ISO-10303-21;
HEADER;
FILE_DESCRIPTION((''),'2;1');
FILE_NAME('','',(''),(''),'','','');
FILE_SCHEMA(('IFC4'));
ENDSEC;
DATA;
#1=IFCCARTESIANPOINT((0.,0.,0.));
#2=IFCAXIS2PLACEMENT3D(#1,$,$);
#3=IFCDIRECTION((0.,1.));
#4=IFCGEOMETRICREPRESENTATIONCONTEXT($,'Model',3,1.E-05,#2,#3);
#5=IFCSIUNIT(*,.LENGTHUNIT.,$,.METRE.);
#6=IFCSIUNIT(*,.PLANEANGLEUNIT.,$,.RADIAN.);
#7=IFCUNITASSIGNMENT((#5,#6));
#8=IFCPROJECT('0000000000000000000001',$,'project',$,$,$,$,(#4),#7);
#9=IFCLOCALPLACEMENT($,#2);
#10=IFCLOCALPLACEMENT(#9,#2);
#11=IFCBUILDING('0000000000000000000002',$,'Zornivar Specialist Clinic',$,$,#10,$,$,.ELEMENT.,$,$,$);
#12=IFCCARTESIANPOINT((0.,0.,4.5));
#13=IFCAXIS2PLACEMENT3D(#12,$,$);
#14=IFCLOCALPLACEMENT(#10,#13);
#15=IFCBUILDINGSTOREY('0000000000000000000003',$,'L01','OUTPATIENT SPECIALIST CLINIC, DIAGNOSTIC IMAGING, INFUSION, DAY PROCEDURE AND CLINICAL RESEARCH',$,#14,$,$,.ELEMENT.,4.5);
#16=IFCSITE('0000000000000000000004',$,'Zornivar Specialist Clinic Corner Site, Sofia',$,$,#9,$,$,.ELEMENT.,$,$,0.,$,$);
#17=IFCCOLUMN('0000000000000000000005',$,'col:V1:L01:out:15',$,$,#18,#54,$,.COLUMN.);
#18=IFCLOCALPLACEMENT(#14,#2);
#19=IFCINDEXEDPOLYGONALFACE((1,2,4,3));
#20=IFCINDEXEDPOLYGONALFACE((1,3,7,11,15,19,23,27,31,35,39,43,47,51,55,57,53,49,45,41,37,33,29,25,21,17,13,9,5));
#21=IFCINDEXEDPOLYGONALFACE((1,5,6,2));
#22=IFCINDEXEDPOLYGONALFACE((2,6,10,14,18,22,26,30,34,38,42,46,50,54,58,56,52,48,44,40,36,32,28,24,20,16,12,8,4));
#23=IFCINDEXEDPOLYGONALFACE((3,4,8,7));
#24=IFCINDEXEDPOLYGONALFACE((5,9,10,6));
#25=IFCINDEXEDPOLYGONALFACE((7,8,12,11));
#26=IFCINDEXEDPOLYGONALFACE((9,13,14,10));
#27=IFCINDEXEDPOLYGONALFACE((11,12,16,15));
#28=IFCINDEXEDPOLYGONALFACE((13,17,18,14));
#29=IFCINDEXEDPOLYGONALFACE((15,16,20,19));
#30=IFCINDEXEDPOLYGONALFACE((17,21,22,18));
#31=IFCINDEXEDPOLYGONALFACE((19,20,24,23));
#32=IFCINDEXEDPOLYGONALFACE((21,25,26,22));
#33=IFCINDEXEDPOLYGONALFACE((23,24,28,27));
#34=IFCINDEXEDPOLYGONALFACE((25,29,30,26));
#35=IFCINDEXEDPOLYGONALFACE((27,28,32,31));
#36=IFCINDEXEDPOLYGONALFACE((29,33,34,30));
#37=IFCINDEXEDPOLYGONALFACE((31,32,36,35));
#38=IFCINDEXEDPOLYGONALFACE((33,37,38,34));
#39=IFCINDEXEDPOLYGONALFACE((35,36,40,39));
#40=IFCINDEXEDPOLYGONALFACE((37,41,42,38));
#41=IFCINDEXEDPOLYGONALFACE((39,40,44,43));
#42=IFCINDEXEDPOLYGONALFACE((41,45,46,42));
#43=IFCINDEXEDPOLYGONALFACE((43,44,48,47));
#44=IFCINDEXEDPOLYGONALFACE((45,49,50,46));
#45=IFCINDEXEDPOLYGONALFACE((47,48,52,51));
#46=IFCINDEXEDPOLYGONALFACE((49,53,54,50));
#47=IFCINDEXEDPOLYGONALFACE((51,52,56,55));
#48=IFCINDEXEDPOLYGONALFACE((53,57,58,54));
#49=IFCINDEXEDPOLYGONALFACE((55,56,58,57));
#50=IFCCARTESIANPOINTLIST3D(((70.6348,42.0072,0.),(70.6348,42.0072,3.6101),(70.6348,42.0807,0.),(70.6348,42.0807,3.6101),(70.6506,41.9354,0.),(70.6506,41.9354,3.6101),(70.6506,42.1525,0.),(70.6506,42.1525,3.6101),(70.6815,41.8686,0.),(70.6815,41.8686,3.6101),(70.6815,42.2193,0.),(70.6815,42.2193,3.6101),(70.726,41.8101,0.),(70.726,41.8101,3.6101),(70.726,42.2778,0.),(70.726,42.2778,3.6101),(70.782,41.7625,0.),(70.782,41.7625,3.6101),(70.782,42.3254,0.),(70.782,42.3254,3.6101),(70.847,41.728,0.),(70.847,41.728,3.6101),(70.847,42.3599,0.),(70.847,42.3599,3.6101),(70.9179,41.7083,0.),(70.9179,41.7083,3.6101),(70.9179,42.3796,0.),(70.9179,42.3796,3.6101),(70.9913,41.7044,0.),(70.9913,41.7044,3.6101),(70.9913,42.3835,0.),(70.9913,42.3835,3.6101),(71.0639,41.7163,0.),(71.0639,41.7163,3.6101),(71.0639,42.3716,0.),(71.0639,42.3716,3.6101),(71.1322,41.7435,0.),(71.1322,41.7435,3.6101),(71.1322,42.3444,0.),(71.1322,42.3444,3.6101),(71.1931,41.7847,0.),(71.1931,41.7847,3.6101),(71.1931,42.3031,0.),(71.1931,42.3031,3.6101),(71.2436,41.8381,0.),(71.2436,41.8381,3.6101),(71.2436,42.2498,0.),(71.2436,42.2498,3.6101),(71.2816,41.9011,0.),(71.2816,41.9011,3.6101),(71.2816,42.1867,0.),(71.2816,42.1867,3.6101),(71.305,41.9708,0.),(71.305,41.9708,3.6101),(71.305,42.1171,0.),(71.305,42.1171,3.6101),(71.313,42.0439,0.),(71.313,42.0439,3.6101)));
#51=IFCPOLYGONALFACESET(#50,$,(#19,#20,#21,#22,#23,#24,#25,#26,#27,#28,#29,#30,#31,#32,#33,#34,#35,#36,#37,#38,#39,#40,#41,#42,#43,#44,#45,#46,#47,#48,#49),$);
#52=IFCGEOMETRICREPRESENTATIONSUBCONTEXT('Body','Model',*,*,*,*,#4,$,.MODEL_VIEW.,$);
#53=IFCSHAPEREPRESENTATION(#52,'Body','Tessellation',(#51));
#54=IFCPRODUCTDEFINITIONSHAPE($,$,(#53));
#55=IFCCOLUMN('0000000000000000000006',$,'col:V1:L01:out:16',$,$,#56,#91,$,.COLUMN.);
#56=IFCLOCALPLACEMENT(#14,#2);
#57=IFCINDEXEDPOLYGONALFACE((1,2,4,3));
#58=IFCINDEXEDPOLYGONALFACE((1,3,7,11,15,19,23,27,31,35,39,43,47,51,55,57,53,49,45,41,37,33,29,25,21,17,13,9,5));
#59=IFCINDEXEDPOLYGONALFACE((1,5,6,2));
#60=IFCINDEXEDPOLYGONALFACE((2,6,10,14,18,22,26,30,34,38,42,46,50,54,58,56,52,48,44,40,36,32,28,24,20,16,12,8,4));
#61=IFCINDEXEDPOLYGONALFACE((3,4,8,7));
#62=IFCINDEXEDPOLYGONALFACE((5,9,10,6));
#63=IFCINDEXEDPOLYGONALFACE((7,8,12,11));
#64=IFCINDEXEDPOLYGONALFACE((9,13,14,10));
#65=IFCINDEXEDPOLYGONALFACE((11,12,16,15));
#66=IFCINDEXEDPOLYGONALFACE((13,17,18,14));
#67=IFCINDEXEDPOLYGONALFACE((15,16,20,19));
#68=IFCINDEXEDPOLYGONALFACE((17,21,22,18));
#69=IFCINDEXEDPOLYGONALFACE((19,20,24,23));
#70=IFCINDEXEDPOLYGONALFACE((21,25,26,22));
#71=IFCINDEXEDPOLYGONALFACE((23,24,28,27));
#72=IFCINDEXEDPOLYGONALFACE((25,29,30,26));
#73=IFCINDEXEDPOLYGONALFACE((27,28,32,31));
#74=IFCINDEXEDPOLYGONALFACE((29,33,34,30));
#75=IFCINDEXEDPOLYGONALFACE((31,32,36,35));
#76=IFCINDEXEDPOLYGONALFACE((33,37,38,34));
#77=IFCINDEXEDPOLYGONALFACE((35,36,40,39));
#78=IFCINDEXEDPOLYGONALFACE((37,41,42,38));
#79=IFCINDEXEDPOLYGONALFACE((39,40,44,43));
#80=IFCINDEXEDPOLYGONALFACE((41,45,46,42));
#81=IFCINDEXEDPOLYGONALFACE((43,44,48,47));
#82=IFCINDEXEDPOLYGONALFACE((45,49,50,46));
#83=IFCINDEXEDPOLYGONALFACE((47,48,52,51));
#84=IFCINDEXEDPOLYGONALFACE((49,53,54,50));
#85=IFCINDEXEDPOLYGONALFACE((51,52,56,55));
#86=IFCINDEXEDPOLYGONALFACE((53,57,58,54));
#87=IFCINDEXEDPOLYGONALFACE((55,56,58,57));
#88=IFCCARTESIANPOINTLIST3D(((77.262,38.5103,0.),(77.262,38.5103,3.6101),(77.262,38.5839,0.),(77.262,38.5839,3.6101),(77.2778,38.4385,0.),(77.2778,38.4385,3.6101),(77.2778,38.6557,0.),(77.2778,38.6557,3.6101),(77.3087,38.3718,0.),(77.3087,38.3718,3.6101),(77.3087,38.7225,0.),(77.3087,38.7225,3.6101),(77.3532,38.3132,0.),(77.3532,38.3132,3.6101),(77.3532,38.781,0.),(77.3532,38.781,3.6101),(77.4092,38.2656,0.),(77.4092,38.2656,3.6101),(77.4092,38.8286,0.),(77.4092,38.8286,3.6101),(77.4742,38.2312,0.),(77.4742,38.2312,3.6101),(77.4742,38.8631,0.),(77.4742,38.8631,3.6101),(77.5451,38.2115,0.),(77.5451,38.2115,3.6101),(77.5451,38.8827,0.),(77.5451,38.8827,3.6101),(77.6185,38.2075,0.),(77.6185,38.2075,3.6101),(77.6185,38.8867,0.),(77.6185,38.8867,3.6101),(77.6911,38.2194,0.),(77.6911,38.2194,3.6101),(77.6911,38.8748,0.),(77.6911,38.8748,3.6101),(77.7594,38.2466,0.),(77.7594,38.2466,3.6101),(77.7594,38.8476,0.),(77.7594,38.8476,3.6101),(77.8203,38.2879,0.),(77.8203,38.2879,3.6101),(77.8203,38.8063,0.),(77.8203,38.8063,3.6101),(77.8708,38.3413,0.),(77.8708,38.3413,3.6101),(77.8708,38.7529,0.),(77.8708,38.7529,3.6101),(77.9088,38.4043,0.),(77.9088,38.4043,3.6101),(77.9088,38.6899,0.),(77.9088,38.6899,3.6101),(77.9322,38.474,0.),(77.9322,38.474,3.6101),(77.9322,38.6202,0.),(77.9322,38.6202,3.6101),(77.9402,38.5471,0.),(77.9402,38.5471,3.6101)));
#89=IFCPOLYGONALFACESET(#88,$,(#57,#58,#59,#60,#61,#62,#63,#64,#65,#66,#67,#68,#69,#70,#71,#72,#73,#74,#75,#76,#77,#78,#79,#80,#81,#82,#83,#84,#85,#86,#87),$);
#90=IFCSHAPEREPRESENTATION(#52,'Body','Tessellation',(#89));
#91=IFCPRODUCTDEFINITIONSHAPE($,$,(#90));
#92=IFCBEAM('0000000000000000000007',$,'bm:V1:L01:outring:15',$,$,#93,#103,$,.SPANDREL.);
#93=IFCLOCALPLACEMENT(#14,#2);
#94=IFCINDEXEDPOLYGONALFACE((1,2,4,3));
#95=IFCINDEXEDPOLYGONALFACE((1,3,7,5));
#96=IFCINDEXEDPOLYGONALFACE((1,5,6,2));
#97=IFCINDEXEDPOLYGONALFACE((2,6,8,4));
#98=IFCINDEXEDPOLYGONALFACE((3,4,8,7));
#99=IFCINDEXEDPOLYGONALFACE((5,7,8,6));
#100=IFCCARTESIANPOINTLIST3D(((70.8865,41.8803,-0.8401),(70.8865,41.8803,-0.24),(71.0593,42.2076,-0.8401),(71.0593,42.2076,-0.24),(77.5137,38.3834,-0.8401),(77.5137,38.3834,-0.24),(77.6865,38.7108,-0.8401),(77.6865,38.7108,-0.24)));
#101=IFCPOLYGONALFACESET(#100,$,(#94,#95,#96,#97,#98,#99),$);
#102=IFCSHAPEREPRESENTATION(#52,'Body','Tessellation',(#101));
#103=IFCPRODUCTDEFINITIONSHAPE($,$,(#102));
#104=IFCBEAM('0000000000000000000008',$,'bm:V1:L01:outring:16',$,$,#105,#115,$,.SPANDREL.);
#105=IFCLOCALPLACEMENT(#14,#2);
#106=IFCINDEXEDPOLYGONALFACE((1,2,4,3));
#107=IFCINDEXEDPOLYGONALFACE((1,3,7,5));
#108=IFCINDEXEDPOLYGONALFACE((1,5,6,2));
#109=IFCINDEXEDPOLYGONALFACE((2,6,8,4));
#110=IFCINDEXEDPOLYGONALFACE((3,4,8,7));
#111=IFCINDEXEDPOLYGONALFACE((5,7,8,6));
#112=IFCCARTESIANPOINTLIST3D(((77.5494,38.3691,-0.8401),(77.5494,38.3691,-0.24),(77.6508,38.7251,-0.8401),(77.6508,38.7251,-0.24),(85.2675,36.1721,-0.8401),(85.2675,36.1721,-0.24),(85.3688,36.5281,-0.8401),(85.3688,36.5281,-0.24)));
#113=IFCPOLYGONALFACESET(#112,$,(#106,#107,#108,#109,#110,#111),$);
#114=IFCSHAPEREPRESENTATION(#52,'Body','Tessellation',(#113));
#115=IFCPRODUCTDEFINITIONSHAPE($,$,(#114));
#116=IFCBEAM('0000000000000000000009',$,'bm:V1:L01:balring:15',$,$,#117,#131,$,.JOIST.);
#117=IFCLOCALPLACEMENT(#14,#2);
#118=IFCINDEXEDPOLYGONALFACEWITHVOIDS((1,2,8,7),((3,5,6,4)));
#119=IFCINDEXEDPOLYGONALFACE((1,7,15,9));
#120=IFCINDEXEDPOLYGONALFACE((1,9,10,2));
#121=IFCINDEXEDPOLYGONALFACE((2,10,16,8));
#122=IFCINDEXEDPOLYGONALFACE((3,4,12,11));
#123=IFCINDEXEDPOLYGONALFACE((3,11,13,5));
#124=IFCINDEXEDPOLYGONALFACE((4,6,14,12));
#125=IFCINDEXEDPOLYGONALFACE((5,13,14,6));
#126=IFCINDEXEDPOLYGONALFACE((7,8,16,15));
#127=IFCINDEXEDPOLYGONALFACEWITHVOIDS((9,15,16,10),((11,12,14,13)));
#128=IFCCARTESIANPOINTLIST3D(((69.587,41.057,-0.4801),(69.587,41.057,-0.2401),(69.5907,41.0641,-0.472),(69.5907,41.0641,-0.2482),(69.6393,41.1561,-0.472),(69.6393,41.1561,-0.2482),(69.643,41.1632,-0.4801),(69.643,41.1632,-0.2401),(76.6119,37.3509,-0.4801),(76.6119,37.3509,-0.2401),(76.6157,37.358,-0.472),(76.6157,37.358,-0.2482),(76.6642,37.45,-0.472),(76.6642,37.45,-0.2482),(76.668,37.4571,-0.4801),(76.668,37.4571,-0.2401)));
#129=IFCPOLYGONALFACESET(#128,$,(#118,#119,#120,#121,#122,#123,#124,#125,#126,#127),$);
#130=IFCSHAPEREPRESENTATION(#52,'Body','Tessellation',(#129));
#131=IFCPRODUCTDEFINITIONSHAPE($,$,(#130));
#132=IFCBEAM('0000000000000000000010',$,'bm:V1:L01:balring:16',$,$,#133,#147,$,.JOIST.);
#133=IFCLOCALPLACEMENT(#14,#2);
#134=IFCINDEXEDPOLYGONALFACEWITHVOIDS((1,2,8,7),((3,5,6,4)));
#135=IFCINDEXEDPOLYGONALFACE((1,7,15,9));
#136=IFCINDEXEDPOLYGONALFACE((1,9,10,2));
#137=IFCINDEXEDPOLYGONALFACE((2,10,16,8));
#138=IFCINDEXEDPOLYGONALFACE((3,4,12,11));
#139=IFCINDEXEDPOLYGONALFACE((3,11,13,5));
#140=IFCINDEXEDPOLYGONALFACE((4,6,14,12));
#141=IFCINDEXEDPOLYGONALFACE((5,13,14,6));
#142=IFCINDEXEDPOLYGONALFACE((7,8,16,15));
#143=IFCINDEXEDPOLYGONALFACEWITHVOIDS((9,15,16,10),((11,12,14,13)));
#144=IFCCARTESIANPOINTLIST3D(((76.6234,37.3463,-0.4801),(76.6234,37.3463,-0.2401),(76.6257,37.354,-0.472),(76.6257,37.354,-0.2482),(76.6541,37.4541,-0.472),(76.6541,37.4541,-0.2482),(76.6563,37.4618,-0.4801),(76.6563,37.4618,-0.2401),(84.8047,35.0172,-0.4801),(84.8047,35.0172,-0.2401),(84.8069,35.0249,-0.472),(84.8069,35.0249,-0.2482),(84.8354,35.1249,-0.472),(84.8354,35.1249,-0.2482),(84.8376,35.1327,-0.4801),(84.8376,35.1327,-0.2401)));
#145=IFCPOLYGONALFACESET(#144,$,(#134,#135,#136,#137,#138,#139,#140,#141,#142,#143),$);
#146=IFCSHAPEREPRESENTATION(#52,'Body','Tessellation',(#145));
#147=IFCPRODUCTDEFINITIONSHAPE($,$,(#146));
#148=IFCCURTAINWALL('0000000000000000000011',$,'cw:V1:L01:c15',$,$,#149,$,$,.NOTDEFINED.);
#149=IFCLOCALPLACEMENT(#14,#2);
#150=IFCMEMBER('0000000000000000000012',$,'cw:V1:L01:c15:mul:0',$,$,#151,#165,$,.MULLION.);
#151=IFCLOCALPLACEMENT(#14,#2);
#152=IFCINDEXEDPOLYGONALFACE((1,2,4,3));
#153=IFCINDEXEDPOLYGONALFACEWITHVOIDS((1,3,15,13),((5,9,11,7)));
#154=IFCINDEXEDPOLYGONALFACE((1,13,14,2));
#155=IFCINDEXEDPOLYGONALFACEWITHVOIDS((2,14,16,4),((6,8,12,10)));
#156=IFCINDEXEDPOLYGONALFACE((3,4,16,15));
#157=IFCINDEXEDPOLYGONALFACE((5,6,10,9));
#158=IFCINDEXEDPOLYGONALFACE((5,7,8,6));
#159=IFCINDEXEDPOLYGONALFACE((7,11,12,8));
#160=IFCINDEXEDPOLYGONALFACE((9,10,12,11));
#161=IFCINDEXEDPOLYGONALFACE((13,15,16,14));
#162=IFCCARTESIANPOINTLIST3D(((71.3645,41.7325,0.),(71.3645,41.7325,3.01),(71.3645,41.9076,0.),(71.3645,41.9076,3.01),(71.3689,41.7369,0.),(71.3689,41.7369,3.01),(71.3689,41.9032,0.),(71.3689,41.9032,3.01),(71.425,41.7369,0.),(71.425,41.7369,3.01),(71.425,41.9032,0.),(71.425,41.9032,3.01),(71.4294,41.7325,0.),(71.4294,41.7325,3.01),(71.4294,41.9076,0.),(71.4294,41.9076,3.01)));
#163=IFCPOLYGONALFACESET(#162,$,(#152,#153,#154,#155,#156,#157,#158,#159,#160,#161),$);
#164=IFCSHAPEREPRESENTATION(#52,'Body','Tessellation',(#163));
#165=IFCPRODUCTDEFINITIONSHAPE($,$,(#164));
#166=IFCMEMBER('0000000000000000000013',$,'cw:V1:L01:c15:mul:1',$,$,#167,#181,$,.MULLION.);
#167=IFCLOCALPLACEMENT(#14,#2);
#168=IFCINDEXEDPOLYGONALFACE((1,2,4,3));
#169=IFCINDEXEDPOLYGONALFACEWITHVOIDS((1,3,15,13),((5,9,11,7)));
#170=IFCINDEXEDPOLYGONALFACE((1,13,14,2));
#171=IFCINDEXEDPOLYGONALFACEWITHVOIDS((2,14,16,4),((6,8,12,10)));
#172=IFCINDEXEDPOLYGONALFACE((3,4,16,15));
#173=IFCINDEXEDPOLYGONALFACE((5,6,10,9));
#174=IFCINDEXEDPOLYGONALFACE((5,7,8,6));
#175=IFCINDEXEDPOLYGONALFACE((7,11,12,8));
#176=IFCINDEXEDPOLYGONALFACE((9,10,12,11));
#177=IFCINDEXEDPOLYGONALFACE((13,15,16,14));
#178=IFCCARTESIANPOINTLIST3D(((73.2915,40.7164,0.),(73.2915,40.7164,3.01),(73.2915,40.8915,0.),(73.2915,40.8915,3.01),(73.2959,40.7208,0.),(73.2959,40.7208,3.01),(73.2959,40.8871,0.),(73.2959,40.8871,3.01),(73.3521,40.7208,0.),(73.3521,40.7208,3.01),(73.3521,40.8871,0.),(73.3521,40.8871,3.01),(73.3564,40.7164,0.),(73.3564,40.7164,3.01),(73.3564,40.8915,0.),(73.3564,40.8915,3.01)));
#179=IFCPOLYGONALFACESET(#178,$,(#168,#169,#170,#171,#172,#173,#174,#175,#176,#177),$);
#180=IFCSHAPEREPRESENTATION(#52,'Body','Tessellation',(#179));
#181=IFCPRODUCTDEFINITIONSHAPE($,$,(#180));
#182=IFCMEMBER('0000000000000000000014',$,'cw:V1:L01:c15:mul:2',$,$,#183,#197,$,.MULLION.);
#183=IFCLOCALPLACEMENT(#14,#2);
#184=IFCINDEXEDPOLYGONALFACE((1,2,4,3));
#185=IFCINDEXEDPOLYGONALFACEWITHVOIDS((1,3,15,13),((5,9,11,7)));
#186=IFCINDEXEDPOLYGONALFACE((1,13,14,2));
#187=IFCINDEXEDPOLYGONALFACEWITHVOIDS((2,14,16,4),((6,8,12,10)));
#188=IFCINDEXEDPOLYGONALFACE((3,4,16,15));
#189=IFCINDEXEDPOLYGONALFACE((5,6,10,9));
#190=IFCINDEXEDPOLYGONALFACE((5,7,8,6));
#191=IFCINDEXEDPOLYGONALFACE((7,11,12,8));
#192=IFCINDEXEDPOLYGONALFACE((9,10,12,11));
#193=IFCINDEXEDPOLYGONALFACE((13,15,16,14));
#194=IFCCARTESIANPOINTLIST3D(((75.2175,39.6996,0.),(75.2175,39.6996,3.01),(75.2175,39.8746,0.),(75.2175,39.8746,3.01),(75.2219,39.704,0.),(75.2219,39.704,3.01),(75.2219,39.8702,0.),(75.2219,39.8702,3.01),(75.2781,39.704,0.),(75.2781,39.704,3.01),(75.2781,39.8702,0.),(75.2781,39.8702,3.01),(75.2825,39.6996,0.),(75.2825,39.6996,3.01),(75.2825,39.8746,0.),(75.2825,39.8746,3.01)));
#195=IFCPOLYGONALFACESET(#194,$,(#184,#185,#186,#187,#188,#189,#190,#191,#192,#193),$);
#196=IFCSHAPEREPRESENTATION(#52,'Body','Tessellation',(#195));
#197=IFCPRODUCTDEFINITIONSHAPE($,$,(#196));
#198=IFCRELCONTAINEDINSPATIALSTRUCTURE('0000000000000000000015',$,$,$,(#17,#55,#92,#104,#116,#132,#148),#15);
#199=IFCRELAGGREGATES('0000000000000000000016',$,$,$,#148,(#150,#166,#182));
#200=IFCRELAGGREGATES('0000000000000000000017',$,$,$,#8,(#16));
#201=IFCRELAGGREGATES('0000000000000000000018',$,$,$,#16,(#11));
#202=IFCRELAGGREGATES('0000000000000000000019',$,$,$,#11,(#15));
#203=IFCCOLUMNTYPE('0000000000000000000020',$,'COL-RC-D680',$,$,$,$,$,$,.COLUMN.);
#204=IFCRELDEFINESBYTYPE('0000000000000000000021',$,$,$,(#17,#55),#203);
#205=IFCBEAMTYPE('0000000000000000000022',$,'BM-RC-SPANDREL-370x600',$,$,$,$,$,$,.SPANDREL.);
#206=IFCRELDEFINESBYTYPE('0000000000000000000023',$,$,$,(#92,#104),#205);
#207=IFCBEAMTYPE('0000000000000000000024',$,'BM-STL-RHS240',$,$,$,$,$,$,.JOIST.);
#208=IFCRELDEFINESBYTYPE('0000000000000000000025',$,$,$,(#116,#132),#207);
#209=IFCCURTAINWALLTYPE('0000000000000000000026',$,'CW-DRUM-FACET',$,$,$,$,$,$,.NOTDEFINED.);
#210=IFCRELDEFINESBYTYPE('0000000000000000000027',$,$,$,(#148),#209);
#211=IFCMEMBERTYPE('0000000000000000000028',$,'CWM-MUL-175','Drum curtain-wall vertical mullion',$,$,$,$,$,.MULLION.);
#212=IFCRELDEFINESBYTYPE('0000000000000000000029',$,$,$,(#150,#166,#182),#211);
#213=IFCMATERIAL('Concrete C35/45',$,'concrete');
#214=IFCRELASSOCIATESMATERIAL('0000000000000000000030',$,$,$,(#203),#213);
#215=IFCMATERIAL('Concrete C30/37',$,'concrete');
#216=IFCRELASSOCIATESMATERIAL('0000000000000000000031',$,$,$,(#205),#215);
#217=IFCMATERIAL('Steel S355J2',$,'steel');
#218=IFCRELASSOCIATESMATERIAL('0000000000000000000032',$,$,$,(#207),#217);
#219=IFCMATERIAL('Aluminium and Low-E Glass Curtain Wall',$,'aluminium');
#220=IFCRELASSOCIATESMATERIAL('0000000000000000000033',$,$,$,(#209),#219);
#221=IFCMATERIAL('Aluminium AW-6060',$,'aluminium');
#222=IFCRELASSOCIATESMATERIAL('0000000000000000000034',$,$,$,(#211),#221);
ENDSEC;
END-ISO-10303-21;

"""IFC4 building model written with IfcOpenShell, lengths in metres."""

from ifc_helpers import new_model, si_unit, direction, frame, origin, origin_2d, place, context, subcontext, project, spatial, rectangle, hollow_rectangle, circle, extrude, material, material_profile, profile_set, type_object, element, aggregate, save


model = new_model("IFC4")

# Units and contexts
model_context = context("Model", 3, precision=1e-05, world=origin(), true_north=direction((0.0, 1.0)))
body_context = subcontext(model_context, "Body", "Model", "MODEL_VIEW")
ifc_project = project(units=[si_unit("LENGTHUNIT", "METRE"), si_unit("PLANEANGLEUNIT", "RADIAN")], contexts=[model_context])

# Site, building, storey
site_placement = place(None, origin())
site = spatial("IfcSite", under=ifc_project, at=site_placement, Name="Zornivar Specialist Clinic Corner Site, Sofia", CompositionType="ELEMENT", RefElevation=0.0)
building_placement = place(site_placement, origin())
building = spatial("IfcBuilding", under=site, at=building_placement, Name="Zornivar Specialist Clinic", CompositionType="ELEMENT")
storey_placement = place(building_placement, frame((0.0, 0.0, 4.5)))
storey = spatial("IfcBuildingStorey", under=building, at=storey_placement, Name="L01", Description="OUTPATIENT SPECIALIST CLINIC, DIAGNOSTIC IMAGING, INFUSION, DAY PROCEDURE AND CLINICAL RESEARCH", CompositionType="ELEMENT", Elevation=4.5)

# Columns
ifc_material_1 = material(Name="Concrete C35/45", Category="concrete")
ifc_material_profile_1 = material_profile(ifc_material_1, circle(Radius=0.3401, at=origin_2d()), Name="RC D680")
ifc_profile_set_1 = profile_set([ifc_material_profile_1], Name="Concrete C35/45")
column_type = type_object("IfcColumnType", Name="COL-RC-D680", PredefinedType="COLUMN", material=ifc_profile_set_1)
for number, where, z_axis, x_axis, name in (
    (1, (70.9729, 42.0439, 0.0), (0.0, 0.0, 1.0), (1.0, 0.0, 0.0), "col:V1:L01:out:15"),
    (2, (77.6001, 38.5471, 0.0), (0.0, 0.0, 1.0), (1.0, 0.0, 0.0), "col:V1:L01:out:16"),
):
    element("IfcColumn", number, at=place(storey_placement, frame(where, z_axis=z_axis, x_axis=x_axis)), inside=storey, type_object=column_type, Name=name, PredefinedType="COLUMN", context=body_context, shape_type="SweptSolid", body=[
        extrude(circle(Radius=0.3401, at=origin_2d()), origin(), (0.0, 0.0, 1.0), 3.6101),
    ])

# Beams
ifc_material_2 = material(Name="Concrete C30/37", Category="concrete")
ifc_material_profile_2 = material_profile(ifc_material_2, rectangle(XDim=0.3701, YDim=0.6001, at=origin_2d()), Name="RC 370x600")
ifc_profile_set_2 = profile_set([ifc_material_profile_2], Name="Concrete C30/37")
beam_type_1 = type_object("IfcBeamType", Name="BM-RC-SPANDREL-370x600", PredefinedType="SPANDREL", material=ifc_profile_set_2)
beam_1_placement = place(storey_placement, frame((70.9729, 42.0439, -0.54), z_axis=(0.884432, -0.466669, 0.0), x_axis=(0.466669, 0.884432, 0.0)))
element("IfcBeam", 3, at=beam_1_placement, inside=storey, type_object=beam_type_1, Name="bm:V1:L01:outring:15", PredefinedType="SPANDREL", context=body_context, shape_type="SweptSolid", body=[
    extrude(rectangle(XDim=0.3701, YDim=0.6001, at=origin_2d()), origin(), (0.0, 0.0, 1.0), 7.4932),
])
beam_2_placement = place(storey_placement, frame((77.6001, 38.5471, -0.54), z_axis=(0.961791, -0.273785, 0.0), x_axis=(0.273785, 0.961791, 0.0)))
element("IfcBeam", 4, at=beam_2_placement, inside=storey, type_object=beam_type_1, Name="bm:V1:L01:outring:16", PredefinedType="SPANDREL", context=body_context, shape_type="SweptSolid", body=[
    extrude(rectangle(XDim=0.3701, YDim=0.6001, at=origin_2d()), origin(), (0.0, 0.0, 1.0), 8.0247),
])
ifc_material_3 = material(Name="Steel S355J2", Category="steel")
ifc_material_profile_3 = material_profile(ifc_material_3, hollow_rectangle(XDim=0.1201, YDim=0.24, WallThickness=0.0081, at=origin_2d()), Name="RHS 240x120x8")
ifc_profile_set_3 = profile_set([ifc_material_profile_3], Name="Steel S355J2")
beam_type_2 = type_object("IfcBeamType", Name="BM-STL-RHS240", PredefinedType="JOIST", material=ifc_profile_set_3)
beam_3_placement = place(storey_placement, frame((69.615, 41.1101, -0.3601), z_axis=(0.884464, -0.466608, 0.0), x_axis=(0.466608, 0.884464, 0.0)))
element("IfcBeam", 5, at=beam_3_placement, inside=storey, type_object=beam_type_2, Name="bm:V1:L01:balring:15", PredefinedType="JOIST", context=body_context, shape_type="SweptSolid", body=[
    extrude(hollow_rectangle(XDim=0.1201, YDim=0.24, WallThickness=0.0081, at=origin_2d()), origin(), (0.0, 0.0, 1.0), 7.9426),
])
beam_4_placement = place(storey_placement, frame((76.6399, 37.4041, -0.3601), z_axis=(0.961783, -0.273811, 0.0), x_axis=(0.273811, 0.961783, 0.0)))
element("IfcBeam", 6, at=beam_4_placement, inside=storey, type_object=beam_type_2, Name="bm:V1:L01:balring:16", PredefinedType="JOIST", context=body_context, shape_type="SweptSolid", body=[
    extrude(hollow_rectangle(XDim=0.1201, YDim=0.24, WallThickness=0.0081, at=origin_2d()), origin(), (0.0, 0.0, 1.0), 8.5063),
])

# Curtain wall, members
ifc_material_4 = material(Name="Aluminium and Low-E Glass Curtain Wall", Category="aluminium")
curtain_wall_type = type_object("IfcCurtainWallType", Name="CW-DRUM-FACET", PredefinedType="NOTDEFINED", material=ifc_material_4)
curtain_wall_1_placement = place(storey_placement, origin())
curtain_wall_1 = element("IfcCurtainWall", 7, at=curtain_wall_1_placement, inside=storey, type_object=curtain_wall_type, Name="cw:V1:L01:c15", PredefinedType="NOTDEFINED")
ifc_material_5 = material(Name="Aluminium AW-6060", Category="aluminium")
ifc_material_profile_4 = material_profile(ifc_material_5, hollow_rectangle(XDim=0.0649, YDim=0.175, WallThickness=0.0044, at=origin_2d()), Name="ALU 65x175x4.5")
ifc_profile_set_4 = profile_set([ifc_material_profile_4], Name="Aluminium AW-6060")
member_type_1 = type_object("IfcMemberType", Name="CWM-MUL-175", Description="Drum curtain-wall vertical mullion", PredefinedType="MULLION", material=ifc_profile_set_4)
member_1_placement = place(storey_placement, frame((71.397, 41.8201, 0.0), z_axis=(0.0, 0.0, 1.0), x_axis=(1.0, 0.0, 0.0)))
member_1 = element("IfcMember", 8, at=member_1_placement, type_object=member_type_1, Name="cw:V1:L01:c15:mul:0", PredefinedType="MULLION", context=body_context, shape_type="SweptSolid", body=[
    extrude(hollow_rectangle(XDim=0.0649, YDim=0.175, WallThickness=0.0044, at=origin_2d()), origin(), (0.0, 0.0, 1.0), 3.01),
])
member_2_placement = place(storey_placement, frame((73.324, 40.804, 0.0), z_axis=(0.0, 0.0, 1.0), x_axis=(1.0, 0.0, 0.0)))
member_2 = element("IfcMember", 9, at=member_2_placement, type_object=member_type_1, Name="cw:V1:L01:c15:mul:1", PredefinedType="MULLION", context=body_context, shape_type="SweptSolid", body=[
    extrude(hollow_rectangle(XDim=0.0649, YDim=0.175, WallThickness=0.0044, at=origin_2d()), origin(), (0.0, 0.0, 1.0), 3.01),
])
member_3_placement = place(storey_placement, frame((75.25, 39.7871, 0.0), z_axis=(0.0, 0.0, 1.0), x_axis=(1.0, 0.0, 0.0)))
member_3 = element("IfcMember", 10, at=member_3_placement, type_object=member_type_1, Name="cw:V1:L01:c15:mul:2", PredefinedType="MULLION", context=body_context, shape_type="SweptSolid", body=[
    extrude(hollow_rectangle(XDim=0.0649, YDim=0.175, WallThickness=0.0044, at=origin_2d()), origin(), (0.0, 0.0, 1.0), 3.01),
])

aggregate(curtain_wall_1, [member_1, member_2, member_3])

save(model, "model.ifc")
